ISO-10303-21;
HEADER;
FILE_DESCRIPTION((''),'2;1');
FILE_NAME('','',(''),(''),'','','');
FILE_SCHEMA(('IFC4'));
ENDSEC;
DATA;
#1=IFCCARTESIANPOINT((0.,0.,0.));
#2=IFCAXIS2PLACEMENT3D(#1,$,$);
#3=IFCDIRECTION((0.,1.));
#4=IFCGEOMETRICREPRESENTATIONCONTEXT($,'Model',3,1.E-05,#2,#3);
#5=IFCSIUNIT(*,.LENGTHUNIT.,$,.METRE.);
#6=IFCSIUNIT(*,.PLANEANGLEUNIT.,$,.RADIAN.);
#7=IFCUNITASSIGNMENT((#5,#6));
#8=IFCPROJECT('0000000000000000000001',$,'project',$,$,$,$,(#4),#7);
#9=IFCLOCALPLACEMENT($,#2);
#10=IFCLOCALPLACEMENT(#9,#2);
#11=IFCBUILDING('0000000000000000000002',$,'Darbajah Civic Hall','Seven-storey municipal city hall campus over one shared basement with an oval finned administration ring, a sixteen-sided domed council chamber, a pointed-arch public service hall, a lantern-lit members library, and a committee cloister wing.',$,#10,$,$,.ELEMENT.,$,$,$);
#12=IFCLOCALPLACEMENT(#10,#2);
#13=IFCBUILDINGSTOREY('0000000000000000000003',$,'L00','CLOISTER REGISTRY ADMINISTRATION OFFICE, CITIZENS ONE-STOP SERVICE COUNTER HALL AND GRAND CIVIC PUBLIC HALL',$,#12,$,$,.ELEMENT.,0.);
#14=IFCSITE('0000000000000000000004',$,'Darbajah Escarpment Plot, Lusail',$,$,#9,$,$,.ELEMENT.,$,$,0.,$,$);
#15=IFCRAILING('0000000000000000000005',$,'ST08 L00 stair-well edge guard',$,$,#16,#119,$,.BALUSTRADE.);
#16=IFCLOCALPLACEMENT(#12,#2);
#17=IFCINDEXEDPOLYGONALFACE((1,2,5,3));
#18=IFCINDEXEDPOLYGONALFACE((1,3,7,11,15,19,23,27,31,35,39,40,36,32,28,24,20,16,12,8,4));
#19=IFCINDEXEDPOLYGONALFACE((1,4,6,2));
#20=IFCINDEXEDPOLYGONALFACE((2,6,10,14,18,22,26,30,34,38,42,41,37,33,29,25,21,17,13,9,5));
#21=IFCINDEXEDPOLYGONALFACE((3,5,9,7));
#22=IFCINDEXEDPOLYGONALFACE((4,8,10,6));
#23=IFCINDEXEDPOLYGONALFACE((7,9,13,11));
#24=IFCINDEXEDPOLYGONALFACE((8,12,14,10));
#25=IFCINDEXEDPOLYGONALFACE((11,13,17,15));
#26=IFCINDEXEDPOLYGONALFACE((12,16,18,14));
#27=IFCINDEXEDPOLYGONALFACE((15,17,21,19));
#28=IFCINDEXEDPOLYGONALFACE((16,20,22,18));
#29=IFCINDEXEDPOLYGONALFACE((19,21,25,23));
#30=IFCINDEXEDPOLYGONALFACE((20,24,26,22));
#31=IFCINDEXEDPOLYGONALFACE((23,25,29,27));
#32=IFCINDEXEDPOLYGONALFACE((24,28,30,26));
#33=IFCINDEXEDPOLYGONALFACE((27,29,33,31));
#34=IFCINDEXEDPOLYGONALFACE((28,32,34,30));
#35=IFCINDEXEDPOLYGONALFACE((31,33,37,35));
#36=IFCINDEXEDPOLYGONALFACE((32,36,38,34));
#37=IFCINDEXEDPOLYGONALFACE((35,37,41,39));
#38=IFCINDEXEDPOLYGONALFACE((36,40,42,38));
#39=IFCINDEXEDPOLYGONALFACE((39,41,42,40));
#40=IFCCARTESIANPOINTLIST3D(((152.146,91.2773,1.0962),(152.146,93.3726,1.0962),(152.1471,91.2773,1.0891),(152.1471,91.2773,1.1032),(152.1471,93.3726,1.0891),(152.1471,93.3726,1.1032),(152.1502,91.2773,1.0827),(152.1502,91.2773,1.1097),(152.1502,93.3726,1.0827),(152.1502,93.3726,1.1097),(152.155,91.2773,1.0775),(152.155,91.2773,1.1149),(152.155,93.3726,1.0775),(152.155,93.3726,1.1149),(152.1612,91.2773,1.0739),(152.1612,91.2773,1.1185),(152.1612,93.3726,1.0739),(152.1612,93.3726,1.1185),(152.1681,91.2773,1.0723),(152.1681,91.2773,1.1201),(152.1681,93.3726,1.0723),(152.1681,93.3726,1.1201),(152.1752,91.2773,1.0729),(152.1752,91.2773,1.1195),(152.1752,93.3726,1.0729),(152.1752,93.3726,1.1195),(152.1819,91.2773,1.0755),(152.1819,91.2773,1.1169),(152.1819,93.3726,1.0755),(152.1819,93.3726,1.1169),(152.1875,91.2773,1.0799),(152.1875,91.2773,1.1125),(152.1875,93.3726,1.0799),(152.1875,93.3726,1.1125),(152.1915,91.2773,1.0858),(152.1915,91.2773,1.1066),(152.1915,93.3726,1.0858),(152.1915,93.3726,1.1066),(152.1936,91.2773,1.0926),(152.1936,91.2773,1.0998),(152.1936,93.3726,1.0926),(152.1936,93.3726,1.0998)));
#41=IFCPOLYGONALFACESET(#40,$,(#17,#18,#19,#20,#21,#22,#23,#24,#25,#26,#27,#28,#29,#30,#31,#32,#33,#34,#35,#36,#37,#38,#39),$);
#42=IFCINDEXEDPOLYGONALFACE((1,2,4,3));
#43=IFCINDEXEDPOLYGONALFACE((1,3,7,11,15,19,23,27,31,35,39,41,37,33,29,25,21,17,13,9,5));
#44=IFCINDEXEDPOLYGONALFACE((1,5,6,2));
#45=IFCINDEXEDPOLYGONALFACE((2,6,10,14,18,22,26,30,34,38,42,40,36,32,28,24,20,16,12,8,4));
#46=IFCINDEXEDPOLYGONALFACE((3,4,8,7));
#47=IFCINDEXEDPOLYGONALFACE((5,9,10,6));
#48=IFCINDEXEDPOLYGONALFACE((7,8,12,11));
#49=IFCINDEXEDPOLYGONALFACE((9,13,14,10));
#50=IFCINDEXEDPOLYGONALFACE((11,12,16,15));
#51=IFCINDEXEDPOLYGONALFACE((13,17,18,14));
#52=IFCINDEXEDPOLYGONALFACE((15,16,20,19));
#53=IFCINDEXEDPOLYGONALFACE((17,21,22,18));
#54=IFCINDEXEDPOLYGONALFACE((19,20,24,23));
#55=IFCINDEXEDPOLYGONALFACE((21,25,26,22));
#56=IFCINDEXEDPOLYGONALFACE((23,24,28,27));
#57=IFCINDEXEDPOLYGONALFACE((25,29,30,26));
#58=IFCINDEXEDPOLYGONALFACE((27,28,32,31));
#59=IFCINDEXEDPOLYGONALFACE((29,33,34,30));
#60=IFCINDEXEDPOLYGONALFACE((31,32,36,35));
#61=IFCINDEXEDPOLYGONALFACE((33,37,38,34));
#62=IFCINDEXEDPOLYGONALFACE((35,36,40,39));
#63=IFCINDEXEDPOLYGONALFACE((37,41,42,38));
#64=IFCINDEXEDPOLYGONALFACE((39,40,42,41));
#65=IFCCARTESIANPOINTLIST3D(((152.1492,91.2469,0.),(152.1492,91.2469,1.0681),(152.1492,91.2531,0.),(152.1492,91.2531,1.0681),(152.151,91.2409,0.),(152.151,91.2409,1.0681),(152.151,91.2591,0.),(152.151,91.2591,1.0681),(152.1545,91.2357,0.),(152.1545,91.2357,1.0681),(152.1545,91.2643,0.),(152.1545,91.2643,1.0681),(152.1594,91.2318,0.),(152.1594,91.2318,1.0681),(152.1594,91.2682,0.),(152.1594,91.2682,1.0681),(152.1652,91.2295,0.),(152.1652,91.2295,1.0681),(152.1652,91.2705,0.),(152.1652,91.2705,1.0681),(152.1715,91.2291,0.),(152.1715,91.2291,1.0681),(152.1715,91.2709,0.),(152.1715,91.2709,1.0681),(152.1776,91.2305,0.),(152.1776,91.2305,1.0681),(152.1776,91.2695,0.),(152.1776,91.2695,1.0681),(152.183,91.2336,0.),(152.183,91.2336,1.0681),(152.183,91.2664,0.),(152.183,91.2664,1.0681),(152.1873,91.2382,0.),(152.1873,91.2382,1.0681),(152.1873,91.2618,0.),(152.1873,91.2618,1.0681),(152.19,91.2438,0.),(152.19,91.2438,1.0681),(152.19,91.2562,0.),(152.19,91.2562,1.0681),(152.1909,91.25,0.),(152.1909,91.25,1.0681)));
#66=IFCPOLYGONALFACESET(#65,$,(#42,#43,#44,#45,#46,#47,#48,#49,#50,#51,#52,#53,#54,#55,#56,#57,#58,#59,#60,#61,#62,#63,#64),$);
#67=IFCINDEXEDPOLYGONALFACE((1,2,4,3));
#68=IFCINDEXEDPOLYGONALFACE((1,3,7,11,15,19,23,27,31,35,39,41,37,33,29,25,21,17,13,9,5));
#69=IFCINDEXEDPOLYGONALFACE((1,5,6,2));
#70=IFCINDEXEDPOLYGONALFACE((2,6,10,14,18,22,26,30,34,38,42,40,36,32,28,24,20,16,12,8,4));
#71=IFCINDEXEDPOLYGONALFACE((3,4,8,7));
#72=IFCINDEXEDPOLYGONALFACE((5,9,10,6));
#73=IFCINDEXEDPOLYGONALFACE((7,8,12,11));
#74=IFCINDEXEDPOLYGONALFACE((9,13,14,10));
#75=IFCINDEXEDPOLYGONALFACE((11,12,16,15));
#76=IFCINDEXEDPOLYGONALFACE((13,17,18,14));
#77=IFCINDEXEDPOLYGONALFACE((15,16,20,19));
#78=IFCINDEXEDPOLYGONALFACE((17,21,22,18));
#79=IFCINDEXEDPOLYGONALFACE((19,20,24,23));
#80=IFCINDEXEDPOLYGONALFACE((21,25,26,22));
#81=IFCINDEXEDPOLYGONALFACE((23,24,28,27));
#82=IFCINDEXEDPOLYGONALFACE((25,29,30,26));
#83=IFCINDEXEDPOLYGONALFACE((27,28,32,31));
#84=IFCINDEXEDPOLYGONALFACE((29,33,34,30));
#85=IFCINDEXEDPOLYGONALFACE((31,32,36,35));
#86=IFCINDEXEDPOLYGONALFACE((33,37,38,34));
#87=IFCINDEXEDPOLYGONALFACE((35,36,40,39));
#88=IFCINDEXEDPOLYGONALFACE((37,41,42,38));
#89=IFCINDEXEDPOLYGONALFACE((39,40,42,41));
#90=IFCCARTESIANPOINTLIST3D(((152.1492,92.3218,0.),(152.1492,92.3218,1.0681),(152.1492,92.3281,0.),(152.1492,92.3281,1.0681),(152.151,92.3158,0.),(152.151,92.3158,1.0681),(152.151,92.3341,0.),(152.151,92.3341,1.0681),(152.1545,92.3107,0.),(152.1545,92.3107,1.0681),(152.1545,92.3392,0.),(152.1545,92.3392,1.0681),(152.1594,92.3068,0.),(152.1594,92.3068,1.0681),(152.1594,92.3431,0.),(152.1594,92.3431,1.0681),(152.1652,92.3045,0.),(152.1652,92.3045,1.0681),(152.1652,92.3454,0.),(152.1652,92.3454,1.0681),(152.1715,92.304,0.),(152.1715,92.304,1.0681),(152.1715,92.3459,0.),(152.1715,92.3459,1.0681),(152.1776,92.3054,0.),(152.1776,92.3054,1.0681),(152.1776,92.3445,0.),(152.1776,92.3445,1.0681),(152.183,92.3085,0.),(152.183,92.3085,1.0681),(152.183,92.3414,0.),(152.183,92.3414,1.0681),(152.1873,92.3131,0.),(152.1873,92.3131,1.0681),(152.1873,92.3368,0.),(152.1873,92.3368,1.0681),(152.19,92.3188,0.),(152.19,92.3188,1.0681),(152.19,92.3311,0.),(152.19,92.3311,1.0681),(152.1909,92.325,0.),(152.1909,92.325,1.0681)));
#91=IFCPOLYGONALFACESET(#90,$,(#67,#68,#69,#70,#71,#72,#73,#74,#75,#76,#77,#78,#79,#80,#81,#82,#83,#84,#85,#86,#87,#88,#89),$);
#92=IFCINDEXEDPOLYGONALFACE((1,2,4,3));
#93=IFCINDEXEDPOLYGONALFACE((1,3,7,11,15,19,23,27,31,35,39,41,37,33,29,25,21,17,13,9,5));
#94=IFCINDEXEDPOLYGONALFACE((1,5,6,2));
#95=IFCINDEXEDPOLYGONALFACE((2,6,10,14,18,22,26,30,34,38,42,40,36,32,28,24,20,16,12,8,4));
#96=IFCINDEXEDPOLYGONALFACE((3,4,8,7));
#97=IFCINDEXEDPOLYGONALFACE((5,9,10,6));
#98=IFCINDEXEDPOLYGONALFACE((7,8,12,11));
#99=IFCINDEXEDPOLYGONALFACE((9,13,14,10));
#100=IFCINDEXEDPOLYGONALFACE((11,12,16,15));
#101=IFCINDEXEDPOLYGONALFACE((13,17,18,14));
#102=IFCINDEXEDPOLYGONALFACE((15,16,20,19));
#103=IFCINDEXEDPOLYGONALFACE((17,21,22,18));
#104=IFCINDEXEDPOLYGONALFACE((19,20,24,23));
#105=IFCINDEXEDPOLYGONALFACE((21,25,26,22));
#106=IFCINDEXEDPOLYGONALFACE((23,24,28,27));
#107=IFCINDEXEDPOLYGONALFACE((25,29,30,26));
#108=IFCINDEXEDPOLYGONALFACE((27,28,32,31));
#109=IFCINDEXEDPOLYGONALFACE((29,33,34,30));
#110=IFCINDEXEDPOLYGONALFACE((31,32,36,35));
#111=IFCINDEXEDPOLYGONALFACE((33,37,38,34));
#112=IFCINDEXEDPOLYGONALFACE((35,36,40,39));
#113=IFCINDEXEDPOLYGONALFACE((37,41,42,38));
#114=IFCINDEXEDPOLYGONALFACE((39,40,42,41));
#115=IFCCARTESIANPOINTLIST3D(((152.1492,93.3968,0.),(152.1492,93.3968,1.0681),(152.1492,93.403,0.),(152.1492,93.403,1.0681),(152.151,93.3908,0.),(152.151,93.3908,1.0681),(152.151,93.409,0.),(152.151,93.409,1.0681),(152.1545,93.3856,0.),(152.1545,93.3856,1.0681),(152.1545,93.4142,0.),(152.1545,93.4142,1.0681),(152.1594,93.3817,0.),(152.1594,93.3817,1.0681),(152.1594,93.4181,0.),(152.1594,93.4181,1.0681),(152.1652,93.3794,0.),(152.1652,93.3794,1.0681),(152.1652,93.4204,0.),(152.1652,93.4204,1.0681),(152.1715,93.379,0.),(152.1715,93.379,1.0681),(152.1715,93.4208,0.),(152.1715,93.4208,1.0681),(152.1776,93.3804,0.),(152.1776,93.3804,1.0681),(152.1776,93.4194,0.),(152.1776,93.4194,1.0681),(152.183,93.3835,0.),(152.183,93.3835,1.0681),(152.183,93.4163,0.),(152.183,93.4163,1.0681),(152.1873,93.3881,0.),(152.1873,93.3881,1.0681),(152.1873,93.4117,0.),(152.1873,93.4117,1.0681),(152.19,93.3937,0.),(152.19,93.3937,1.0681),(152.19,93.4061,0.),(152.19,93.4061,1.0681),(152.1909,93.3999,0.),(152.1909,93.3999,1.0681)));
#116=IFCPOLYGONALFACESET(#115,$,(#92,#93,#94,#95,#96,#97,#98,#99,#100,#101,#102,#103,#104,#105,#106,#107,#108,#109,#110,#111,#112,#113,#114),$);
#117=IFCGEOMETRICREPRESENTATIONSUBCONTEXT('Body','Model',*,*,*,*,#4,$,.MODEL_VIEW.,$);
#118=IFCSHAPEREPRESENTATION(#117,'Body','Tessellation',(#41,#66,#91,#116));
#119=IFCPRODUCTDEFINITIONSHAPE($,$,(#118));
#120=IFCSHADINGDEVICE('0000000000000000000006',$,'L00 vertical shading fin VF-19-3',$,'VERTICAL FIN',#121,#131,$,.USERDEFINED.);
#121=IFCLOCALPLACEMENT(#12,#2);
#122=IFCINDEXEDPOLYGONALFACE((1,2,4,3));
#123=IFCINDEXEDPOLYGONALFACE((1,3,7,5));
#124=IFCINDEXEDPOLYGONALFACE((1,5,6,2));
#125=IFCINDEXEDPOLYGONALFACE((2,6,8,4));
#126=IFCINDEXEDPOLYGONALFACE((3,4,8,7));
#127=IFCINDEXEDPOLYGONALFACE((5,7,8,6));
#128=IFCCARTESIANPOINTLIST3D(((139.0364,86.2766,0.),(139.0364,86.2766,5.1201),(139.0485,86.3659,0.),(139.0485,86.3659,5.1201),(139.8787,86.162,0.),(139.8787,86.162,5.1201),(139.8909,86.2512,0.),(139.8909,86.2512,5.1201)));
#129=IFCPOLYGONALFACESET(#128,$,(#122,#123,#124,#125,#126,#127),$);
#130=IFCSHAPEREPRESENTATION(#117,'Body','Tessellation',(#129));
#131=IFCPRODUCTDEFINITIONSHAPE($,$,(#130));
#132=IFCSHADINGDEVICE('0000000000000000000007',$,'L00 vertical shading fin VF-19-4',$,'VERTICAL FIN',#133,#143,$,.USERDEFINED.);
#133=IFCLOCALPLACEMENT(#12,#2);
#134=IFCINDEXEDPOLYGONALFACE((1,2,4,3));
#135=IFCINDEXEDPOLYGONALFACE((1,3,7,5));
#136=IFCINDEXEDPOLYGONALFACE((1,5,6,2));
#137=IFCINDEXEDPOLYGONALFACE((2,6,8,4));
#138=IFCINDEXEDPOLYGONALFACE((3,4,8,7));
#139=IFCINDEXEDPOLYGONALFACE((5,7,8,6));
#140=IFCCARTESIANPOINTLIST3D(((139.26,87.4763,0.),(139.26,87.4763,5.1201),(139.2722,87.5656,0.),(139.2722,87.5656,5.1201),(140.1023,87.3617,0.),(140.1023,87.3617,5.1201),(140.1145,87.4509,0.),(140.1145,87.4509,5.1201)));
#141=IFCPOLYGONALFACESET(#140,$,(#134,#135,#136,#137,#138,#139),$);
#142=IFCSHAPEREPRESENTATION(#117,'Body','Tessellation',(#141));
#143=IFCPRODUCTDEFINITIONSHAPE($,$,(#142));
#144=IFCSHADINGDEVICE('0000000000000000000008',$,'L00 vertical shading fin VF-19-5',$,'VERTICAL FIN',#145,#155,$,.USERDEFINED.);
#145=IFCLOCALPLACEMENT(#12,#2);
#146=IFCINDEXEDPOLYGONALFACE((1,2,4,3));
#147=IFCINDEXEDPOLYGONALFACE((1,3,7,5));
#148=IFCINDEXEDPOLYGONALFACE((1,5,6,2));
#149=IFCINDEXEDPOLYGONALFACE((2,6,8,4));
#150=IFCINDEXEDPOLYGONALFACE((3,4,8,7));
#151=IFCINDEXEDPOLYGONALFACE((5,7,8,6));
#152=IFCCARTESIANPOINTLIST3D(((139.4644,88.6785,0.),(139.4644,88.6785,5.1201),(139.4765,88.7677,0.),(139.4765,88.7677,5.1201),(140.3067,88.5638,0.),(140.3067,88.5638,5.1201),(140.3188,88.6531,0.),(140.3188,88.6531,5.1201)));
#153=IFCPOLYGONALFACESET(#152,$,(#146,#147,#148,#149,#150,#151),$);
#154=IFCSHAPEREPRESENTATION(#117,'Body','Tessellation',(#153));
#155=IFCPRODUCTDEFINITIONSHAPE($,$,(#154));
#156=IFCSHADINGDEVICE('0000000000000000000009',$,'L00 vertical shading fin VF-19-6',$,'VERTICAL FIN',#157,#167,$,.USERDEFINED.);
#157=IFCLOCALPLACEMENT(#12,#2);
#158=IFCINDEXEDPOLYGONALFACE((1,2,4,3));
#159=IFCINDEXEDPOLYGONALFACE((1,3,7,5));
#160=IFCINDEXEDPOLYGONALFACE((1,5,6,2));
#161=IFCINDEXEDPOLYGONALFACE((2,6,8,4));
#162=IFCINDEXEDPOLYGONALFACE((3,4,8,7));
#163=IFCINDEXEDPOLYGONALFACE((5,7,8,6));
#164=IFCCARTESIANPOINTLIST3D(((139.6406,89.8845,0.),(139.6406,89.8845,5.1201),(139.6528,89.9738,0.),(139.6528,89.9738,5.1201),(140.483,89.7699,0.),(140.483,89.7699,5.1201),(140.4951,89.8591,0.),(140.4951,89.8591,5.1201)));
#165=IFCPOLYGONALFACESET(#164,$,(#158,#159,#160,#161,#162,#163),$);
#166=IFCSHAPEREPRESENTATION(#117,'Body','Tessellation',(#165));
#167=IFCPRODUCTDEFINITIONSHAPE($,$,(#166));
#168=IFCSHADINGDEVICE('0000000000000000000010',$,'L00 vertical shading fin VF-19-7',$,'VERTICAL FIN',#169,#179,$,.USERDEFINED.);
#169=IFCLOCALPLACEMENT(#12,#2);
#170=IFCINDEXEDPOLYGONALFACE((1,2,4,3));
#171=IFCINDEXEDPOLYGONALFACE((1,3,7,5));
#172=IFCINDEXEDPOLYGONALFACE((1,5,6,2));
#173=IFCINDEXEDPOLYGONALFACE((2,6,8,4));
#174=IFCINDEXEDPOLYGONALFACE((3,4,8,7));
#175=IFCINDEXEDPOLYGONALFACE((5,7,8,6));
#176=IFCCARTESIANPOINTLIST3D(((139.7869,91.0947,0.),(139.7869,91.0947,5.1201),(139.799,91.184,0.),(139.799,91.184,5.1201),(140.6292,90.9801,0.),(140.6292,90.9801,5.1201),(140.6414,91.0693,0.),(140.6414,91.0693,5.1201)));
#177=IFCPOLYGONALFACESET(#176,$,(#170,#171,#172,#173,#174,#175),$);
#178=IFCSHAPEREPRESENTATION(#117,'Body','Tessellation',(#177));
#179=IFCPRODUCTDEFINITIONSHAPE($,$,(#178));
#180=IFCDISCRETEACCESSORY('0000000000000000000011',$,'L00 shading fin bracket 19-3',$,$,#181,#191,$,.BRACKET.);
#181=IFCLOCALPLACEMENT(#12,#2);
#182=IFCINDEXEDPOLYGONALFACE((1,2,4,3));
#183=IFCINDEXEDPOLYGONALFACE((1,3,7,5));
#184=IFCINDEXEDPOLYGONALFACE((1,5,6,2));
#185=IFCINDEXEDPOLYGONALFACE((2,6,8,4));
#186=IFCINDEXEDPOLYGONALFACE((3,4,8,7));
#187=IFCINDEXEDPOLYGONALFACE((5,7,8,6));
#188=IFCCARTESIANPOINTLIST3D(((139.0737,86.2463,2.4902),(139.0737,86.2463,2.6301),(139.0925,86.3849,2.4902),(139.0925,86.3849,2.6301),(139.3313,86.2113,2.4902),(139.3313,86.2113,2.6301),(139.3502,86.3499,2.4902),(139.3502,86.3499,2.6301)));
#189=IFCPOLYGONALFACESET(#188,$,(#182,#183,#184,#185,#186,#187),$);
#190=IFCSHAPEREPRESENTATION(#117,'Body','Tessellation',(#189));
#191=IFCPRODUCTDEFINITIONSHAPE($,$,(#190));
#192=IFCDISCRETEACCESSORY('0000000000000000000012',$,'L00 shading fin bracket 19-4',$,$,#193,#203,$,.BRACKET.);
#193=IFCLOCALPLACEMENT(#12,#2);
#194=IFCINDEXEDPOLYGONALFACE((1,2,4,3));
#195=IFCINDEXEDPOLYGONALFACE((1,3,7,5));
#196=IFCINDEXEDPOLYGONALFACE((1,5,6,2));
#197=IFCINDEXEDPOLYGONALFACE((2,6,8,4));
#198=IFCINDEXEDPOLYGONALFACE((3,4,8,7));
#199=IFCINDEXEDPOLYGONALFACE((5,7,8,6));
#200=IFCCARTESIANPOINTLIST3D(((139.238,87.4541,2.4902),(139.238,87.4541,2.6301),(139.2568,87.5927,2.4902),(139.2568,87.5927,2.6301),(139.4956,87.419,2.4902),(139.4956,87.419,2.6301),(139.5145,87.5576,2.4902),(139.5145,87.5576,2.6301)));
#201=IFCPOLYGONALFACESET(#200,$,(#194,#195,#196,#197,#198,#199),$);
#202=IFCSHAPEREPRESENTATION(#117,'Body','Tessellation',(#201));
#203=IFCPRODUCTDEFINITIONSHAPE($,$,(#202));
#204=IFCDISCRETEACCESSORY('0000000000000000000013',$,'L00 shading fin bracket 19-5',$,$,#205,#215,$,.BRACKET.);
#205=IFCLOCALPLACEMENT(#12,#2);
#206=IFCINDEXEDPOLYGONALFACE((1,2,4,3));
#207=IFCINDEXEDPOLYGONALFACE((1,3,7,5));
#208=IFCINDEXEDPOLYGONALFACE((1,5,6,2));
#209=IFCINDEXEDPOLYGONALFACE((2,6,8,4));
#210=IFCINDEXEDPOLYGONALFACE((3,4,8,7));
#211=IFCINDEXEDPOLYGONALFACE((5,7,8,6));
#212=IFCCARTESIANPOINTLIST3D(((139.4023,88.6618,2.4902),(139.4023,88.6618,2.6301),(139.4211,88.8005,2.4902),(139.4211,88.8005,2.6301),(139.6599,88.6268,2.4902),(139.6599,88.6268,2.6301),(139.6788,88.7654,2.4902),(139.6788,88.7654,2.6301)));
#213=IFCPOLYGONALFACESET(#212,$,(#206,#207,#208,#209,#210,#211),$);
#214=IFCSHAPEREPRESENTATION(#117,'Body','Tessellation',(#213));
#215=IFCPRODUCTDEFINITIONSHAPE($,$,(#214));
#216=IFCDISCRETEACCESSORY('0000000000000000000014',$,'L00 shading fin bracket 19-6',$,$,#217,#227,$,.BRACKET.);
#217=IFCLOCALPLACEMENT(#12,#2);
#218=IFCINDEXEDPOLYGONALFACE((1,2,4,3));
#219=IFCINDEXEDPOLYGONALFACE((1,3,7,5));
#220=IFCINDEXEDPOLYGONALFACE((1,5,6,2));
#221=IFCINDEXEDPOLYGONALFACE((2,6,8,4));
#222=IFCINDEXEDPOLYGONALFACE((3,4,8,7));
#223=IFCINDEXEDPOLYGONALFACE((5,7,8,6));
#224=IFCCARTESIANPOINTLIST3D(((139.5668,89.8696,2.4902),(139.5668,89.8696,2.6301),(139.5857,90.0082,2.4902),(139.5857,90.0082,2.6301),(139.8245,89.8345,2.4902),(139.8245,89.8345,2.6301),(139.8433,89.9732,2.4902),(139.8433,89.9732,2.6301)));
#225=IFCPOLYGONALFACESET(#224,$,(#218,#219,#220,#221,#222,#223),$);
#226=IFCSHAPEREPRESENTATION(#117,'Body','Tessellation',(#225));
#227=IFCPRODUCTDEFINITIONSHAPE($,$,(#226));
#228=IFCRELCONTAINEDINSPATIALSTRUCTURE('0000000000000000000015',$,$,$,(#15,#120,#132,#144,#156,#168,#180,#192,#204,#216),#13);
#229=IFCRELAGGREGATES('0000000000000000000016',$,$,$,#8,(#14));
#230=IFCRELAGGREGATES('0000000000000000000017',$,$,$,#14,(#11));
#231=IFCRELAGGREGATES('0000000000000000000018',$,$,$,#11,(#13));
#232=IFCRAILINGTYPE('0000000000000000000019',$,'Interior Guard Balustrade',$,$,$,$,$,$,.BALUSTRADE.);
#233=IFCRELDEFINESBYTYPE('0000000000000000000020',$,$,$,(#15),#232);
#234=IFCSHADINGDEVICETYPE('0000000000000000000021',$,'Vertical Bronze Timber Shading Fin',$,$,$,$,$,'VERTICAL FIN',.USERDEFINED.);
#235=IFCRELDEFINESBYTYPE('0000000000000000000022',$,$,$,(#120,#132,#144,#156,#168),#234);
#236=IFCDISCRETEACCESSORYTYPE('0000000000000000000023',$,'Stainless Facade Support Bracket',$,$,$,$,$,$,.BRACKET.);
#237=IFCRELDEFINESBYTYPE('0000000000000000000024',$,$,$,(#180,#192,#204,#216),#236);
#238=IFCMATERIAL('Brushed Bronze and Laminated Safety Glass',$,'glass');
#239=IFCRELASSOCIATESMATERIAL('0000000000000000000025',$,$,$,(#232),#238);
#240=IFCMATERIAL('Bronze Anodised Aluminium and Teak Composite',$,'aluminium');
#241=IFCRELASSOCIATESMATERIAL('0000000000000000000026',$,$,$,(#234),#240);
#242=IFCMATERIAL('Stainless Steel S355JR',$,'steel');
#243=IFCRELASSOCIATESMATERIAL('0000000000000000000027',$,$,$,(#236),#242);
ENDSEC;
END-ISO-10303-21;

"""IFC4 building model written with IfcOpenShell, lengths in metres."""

from ifc_helpers import new_model, si_unit, direction, frame, origin, origin_2d, place, context, subcontext, project, spatial, rectangle, circle, extrude, material, type_object, element, save


model = new_model("IFC4")

# Units and contexts
model_context = context("Model", 3, precision=1e-05, world=origin(), true_north=direction((0.0, 1.0)))
body_context = subcontext(model_context, "Body", "Model", "MODEL_VIEW")
ifc_project = project(units=[si_unit("LENGTHUNIT", "METRE"), si_unit("PLANEANGLEUNIT", "RADIAN")], contexts=[model_context])

# Site, building, storey
site_placement = place(None, origin())
site = spatial("IfcSite", under=ifc_project, at=site_placement, Name="Darbajah Escarpment Plot, Lusail", CompositionType="ELEMENT", RefElevation=0.0)
building_placement = place(site_placement, origin())
building = spatial("IfcBuilding", under=site, at=building_placement, Name="Darbajah Civic Hall", Description="Seven-storey municipal city hall campus over one shared basement with an oval finned administration ring, a sixteen-sided domed council chamber, a pointed-arch public service hall, a lantern-lit members library, and a committee cloister wing.", CompositionType="ELEMENT")
storey_placement = place(building_placement, origin())
storey = spatial("IfcBuildingStorey", under=building, at=storey_placement, Name="L00", Description="CLOISTER REGISTRY ADMINISTRATION OFFICE, CITIZENS ONE-STOP SERVICE COUNTER HALL AND GRAND CIVIC PUBLIC HALL", CompositionType="ELEMENT", Elevation=0.0)

# Railing
ifc_material_1 = material(Name="Brushed Bronze and Laminated Safety Glass", Category="glass")
railing_type = type_object("IfcRailingType", Name="Interior Guard Balustrade", PredefinedType="BALUSTRADE", material=ifc_material_1)
railing_placement = place(storey_placement, frame((152.1699, 91.25, 0.0)))
element("IfcRailing", 1, at=railing_placement, inside=storey, type_object=railing_type, Name="ST08 L00 stair-well edge guard", PredefinedType="BALUSTRADE", context=body_context, shape_type="SweptSolid", body=[
    extrude(circle(Radius=0.0239, at=origin_2d()), frame((0.0, 0.0273, 1.0962), z_axis=(0.0, 1.0, 0.0), x_axis=(-1.0, 0.0, 0.0)), (0.0, 0.0, 1.0), 2.0952),
    extrude(circle(Radius=0.021, at=origin_2d()), origin(), (0.0, 0.0, 1.0), 1.0681),
    extrude(circle(Radius=0.021, at=origin_2d()), frame((0.0, 1.075, 0.0)), (0.0, 0.0, 1.0), 1.0681),
    extrude(circle(Radius=0.021, at=origin_2d()), frame((0.0, 2.1499, 0.0)), (0.0, 0.0, 1.0), 1.0681),
])

# Shading devices
ifc_material_2 = material(Name="Bronze Anodised Aluminium and Teak Composite", Category="aluminium")
shading_device_type = type_object("IfcShadingDeviceType", Name="Vertical Bronze Timber Shading Fin", ElementType="VERTICAL FIN", PredefinedType="USERDEFINED", material=ifc_material_2)
for number, where, z_axis, x_axis, name in (
    (2, (139.4636, 86.2639, 0.0), (0.0, 0.0, 1.0), (0.990866, -0.134851, 0.0), "L00 vertical shading fin VF-19-3"),
    (3, (139.6873, 87.4636, 0.0), (0.0, 0.0, 1.0), (0.990866, -0.134851, 0.0), "L00 vertical shading fin VF-19-4"),
    (4, (139.8916, 88.6658, 0.0), (0.0, 0.0, 1.0), (0.990866, -0.134851, 0.0), "L00 vertical shading fin VF-19-5"),
    (5, (140.0679, 89.8718, 0.0), (0.0, 0.0, 1.0), (0.990866, -0.134851, 0.0), "L00 vertical shading fin VF-19-6"),
    (6, (140.2141, 91.082, 0.0), (0.0, 0.0, 1.0), (0.990866, -0.134851, 0.0), "L00 vertical shading fin VF-19-7"),
):
    element("IfcShadingDevice", number, at=place(storey_placement, frame(where, z_axis=z_axis, x_axis=x_axis)), inside=storey, type_object=shading_device_type, Name=name, ObjectType="VERTICAL FIN", PredefinedType="USERDEFINED", context=body_context, shape_type="SweptSolid", body=[
        extrude(rectangle(XDim=0.8501, YDim=0.0901, at=origin_2d()), origin(), (0.0, 0.0, 1.0), 5.1201),
    ])

# Discrete accessories
ifc_material_3 = material(Name="Stainless Steel S355JR", Category="steel")
discrete_accessory_type = type_object("IfcDiscreteAccessoryType", Name="Stainless Facade Support Bracket", PredefinedType="BRACKET", material=ifc_material_3)
for number, where, z_axis, x_axis, name in (
    (7, (139.2119, 86.2981, 2.4902), (0.0, 0.0, 1.0), (0.990866, -0.134851, 0.0), "L00 shading fin bracket 19-3"),
    (8, (139.3762, 87.5059, 2.4902), (0.0, 0.0, 1.0), (0.990866, -0.134851, 0.0), "L00 shading fin bracket 19-4"),
    (9, (139.5405, 88.7136, 2.4902), (0.0, 0.0, 1.0), (0.990866, -0.134851, 0.0), "L00 shading fin bracket 19-5"),
    (10, (139.7051, 89.9214, 2.4902), (0.0, 0.0, 1.0), (0.990866, -0.134851, 0.0), "L00 shading fin bracket 19-6"),
):
    element("IfcDiscreteAccessory", number, at=place(storey_placement, frame(where, z_axis=z_axis, x_axis=x_axis)), inside=storey, type_object=discrete_accessory_type, Name=name, PredefinedType="BRACKET", context=body_context, shape_type="SweptSolid", body=[
        extrude(rectangle(XDim=0.26, YDim=0.1399, at=origin_2d()), origin(), (0.0, 0.0, 1.0), 0.1399),
    ])

save(model, "model.ifc")
